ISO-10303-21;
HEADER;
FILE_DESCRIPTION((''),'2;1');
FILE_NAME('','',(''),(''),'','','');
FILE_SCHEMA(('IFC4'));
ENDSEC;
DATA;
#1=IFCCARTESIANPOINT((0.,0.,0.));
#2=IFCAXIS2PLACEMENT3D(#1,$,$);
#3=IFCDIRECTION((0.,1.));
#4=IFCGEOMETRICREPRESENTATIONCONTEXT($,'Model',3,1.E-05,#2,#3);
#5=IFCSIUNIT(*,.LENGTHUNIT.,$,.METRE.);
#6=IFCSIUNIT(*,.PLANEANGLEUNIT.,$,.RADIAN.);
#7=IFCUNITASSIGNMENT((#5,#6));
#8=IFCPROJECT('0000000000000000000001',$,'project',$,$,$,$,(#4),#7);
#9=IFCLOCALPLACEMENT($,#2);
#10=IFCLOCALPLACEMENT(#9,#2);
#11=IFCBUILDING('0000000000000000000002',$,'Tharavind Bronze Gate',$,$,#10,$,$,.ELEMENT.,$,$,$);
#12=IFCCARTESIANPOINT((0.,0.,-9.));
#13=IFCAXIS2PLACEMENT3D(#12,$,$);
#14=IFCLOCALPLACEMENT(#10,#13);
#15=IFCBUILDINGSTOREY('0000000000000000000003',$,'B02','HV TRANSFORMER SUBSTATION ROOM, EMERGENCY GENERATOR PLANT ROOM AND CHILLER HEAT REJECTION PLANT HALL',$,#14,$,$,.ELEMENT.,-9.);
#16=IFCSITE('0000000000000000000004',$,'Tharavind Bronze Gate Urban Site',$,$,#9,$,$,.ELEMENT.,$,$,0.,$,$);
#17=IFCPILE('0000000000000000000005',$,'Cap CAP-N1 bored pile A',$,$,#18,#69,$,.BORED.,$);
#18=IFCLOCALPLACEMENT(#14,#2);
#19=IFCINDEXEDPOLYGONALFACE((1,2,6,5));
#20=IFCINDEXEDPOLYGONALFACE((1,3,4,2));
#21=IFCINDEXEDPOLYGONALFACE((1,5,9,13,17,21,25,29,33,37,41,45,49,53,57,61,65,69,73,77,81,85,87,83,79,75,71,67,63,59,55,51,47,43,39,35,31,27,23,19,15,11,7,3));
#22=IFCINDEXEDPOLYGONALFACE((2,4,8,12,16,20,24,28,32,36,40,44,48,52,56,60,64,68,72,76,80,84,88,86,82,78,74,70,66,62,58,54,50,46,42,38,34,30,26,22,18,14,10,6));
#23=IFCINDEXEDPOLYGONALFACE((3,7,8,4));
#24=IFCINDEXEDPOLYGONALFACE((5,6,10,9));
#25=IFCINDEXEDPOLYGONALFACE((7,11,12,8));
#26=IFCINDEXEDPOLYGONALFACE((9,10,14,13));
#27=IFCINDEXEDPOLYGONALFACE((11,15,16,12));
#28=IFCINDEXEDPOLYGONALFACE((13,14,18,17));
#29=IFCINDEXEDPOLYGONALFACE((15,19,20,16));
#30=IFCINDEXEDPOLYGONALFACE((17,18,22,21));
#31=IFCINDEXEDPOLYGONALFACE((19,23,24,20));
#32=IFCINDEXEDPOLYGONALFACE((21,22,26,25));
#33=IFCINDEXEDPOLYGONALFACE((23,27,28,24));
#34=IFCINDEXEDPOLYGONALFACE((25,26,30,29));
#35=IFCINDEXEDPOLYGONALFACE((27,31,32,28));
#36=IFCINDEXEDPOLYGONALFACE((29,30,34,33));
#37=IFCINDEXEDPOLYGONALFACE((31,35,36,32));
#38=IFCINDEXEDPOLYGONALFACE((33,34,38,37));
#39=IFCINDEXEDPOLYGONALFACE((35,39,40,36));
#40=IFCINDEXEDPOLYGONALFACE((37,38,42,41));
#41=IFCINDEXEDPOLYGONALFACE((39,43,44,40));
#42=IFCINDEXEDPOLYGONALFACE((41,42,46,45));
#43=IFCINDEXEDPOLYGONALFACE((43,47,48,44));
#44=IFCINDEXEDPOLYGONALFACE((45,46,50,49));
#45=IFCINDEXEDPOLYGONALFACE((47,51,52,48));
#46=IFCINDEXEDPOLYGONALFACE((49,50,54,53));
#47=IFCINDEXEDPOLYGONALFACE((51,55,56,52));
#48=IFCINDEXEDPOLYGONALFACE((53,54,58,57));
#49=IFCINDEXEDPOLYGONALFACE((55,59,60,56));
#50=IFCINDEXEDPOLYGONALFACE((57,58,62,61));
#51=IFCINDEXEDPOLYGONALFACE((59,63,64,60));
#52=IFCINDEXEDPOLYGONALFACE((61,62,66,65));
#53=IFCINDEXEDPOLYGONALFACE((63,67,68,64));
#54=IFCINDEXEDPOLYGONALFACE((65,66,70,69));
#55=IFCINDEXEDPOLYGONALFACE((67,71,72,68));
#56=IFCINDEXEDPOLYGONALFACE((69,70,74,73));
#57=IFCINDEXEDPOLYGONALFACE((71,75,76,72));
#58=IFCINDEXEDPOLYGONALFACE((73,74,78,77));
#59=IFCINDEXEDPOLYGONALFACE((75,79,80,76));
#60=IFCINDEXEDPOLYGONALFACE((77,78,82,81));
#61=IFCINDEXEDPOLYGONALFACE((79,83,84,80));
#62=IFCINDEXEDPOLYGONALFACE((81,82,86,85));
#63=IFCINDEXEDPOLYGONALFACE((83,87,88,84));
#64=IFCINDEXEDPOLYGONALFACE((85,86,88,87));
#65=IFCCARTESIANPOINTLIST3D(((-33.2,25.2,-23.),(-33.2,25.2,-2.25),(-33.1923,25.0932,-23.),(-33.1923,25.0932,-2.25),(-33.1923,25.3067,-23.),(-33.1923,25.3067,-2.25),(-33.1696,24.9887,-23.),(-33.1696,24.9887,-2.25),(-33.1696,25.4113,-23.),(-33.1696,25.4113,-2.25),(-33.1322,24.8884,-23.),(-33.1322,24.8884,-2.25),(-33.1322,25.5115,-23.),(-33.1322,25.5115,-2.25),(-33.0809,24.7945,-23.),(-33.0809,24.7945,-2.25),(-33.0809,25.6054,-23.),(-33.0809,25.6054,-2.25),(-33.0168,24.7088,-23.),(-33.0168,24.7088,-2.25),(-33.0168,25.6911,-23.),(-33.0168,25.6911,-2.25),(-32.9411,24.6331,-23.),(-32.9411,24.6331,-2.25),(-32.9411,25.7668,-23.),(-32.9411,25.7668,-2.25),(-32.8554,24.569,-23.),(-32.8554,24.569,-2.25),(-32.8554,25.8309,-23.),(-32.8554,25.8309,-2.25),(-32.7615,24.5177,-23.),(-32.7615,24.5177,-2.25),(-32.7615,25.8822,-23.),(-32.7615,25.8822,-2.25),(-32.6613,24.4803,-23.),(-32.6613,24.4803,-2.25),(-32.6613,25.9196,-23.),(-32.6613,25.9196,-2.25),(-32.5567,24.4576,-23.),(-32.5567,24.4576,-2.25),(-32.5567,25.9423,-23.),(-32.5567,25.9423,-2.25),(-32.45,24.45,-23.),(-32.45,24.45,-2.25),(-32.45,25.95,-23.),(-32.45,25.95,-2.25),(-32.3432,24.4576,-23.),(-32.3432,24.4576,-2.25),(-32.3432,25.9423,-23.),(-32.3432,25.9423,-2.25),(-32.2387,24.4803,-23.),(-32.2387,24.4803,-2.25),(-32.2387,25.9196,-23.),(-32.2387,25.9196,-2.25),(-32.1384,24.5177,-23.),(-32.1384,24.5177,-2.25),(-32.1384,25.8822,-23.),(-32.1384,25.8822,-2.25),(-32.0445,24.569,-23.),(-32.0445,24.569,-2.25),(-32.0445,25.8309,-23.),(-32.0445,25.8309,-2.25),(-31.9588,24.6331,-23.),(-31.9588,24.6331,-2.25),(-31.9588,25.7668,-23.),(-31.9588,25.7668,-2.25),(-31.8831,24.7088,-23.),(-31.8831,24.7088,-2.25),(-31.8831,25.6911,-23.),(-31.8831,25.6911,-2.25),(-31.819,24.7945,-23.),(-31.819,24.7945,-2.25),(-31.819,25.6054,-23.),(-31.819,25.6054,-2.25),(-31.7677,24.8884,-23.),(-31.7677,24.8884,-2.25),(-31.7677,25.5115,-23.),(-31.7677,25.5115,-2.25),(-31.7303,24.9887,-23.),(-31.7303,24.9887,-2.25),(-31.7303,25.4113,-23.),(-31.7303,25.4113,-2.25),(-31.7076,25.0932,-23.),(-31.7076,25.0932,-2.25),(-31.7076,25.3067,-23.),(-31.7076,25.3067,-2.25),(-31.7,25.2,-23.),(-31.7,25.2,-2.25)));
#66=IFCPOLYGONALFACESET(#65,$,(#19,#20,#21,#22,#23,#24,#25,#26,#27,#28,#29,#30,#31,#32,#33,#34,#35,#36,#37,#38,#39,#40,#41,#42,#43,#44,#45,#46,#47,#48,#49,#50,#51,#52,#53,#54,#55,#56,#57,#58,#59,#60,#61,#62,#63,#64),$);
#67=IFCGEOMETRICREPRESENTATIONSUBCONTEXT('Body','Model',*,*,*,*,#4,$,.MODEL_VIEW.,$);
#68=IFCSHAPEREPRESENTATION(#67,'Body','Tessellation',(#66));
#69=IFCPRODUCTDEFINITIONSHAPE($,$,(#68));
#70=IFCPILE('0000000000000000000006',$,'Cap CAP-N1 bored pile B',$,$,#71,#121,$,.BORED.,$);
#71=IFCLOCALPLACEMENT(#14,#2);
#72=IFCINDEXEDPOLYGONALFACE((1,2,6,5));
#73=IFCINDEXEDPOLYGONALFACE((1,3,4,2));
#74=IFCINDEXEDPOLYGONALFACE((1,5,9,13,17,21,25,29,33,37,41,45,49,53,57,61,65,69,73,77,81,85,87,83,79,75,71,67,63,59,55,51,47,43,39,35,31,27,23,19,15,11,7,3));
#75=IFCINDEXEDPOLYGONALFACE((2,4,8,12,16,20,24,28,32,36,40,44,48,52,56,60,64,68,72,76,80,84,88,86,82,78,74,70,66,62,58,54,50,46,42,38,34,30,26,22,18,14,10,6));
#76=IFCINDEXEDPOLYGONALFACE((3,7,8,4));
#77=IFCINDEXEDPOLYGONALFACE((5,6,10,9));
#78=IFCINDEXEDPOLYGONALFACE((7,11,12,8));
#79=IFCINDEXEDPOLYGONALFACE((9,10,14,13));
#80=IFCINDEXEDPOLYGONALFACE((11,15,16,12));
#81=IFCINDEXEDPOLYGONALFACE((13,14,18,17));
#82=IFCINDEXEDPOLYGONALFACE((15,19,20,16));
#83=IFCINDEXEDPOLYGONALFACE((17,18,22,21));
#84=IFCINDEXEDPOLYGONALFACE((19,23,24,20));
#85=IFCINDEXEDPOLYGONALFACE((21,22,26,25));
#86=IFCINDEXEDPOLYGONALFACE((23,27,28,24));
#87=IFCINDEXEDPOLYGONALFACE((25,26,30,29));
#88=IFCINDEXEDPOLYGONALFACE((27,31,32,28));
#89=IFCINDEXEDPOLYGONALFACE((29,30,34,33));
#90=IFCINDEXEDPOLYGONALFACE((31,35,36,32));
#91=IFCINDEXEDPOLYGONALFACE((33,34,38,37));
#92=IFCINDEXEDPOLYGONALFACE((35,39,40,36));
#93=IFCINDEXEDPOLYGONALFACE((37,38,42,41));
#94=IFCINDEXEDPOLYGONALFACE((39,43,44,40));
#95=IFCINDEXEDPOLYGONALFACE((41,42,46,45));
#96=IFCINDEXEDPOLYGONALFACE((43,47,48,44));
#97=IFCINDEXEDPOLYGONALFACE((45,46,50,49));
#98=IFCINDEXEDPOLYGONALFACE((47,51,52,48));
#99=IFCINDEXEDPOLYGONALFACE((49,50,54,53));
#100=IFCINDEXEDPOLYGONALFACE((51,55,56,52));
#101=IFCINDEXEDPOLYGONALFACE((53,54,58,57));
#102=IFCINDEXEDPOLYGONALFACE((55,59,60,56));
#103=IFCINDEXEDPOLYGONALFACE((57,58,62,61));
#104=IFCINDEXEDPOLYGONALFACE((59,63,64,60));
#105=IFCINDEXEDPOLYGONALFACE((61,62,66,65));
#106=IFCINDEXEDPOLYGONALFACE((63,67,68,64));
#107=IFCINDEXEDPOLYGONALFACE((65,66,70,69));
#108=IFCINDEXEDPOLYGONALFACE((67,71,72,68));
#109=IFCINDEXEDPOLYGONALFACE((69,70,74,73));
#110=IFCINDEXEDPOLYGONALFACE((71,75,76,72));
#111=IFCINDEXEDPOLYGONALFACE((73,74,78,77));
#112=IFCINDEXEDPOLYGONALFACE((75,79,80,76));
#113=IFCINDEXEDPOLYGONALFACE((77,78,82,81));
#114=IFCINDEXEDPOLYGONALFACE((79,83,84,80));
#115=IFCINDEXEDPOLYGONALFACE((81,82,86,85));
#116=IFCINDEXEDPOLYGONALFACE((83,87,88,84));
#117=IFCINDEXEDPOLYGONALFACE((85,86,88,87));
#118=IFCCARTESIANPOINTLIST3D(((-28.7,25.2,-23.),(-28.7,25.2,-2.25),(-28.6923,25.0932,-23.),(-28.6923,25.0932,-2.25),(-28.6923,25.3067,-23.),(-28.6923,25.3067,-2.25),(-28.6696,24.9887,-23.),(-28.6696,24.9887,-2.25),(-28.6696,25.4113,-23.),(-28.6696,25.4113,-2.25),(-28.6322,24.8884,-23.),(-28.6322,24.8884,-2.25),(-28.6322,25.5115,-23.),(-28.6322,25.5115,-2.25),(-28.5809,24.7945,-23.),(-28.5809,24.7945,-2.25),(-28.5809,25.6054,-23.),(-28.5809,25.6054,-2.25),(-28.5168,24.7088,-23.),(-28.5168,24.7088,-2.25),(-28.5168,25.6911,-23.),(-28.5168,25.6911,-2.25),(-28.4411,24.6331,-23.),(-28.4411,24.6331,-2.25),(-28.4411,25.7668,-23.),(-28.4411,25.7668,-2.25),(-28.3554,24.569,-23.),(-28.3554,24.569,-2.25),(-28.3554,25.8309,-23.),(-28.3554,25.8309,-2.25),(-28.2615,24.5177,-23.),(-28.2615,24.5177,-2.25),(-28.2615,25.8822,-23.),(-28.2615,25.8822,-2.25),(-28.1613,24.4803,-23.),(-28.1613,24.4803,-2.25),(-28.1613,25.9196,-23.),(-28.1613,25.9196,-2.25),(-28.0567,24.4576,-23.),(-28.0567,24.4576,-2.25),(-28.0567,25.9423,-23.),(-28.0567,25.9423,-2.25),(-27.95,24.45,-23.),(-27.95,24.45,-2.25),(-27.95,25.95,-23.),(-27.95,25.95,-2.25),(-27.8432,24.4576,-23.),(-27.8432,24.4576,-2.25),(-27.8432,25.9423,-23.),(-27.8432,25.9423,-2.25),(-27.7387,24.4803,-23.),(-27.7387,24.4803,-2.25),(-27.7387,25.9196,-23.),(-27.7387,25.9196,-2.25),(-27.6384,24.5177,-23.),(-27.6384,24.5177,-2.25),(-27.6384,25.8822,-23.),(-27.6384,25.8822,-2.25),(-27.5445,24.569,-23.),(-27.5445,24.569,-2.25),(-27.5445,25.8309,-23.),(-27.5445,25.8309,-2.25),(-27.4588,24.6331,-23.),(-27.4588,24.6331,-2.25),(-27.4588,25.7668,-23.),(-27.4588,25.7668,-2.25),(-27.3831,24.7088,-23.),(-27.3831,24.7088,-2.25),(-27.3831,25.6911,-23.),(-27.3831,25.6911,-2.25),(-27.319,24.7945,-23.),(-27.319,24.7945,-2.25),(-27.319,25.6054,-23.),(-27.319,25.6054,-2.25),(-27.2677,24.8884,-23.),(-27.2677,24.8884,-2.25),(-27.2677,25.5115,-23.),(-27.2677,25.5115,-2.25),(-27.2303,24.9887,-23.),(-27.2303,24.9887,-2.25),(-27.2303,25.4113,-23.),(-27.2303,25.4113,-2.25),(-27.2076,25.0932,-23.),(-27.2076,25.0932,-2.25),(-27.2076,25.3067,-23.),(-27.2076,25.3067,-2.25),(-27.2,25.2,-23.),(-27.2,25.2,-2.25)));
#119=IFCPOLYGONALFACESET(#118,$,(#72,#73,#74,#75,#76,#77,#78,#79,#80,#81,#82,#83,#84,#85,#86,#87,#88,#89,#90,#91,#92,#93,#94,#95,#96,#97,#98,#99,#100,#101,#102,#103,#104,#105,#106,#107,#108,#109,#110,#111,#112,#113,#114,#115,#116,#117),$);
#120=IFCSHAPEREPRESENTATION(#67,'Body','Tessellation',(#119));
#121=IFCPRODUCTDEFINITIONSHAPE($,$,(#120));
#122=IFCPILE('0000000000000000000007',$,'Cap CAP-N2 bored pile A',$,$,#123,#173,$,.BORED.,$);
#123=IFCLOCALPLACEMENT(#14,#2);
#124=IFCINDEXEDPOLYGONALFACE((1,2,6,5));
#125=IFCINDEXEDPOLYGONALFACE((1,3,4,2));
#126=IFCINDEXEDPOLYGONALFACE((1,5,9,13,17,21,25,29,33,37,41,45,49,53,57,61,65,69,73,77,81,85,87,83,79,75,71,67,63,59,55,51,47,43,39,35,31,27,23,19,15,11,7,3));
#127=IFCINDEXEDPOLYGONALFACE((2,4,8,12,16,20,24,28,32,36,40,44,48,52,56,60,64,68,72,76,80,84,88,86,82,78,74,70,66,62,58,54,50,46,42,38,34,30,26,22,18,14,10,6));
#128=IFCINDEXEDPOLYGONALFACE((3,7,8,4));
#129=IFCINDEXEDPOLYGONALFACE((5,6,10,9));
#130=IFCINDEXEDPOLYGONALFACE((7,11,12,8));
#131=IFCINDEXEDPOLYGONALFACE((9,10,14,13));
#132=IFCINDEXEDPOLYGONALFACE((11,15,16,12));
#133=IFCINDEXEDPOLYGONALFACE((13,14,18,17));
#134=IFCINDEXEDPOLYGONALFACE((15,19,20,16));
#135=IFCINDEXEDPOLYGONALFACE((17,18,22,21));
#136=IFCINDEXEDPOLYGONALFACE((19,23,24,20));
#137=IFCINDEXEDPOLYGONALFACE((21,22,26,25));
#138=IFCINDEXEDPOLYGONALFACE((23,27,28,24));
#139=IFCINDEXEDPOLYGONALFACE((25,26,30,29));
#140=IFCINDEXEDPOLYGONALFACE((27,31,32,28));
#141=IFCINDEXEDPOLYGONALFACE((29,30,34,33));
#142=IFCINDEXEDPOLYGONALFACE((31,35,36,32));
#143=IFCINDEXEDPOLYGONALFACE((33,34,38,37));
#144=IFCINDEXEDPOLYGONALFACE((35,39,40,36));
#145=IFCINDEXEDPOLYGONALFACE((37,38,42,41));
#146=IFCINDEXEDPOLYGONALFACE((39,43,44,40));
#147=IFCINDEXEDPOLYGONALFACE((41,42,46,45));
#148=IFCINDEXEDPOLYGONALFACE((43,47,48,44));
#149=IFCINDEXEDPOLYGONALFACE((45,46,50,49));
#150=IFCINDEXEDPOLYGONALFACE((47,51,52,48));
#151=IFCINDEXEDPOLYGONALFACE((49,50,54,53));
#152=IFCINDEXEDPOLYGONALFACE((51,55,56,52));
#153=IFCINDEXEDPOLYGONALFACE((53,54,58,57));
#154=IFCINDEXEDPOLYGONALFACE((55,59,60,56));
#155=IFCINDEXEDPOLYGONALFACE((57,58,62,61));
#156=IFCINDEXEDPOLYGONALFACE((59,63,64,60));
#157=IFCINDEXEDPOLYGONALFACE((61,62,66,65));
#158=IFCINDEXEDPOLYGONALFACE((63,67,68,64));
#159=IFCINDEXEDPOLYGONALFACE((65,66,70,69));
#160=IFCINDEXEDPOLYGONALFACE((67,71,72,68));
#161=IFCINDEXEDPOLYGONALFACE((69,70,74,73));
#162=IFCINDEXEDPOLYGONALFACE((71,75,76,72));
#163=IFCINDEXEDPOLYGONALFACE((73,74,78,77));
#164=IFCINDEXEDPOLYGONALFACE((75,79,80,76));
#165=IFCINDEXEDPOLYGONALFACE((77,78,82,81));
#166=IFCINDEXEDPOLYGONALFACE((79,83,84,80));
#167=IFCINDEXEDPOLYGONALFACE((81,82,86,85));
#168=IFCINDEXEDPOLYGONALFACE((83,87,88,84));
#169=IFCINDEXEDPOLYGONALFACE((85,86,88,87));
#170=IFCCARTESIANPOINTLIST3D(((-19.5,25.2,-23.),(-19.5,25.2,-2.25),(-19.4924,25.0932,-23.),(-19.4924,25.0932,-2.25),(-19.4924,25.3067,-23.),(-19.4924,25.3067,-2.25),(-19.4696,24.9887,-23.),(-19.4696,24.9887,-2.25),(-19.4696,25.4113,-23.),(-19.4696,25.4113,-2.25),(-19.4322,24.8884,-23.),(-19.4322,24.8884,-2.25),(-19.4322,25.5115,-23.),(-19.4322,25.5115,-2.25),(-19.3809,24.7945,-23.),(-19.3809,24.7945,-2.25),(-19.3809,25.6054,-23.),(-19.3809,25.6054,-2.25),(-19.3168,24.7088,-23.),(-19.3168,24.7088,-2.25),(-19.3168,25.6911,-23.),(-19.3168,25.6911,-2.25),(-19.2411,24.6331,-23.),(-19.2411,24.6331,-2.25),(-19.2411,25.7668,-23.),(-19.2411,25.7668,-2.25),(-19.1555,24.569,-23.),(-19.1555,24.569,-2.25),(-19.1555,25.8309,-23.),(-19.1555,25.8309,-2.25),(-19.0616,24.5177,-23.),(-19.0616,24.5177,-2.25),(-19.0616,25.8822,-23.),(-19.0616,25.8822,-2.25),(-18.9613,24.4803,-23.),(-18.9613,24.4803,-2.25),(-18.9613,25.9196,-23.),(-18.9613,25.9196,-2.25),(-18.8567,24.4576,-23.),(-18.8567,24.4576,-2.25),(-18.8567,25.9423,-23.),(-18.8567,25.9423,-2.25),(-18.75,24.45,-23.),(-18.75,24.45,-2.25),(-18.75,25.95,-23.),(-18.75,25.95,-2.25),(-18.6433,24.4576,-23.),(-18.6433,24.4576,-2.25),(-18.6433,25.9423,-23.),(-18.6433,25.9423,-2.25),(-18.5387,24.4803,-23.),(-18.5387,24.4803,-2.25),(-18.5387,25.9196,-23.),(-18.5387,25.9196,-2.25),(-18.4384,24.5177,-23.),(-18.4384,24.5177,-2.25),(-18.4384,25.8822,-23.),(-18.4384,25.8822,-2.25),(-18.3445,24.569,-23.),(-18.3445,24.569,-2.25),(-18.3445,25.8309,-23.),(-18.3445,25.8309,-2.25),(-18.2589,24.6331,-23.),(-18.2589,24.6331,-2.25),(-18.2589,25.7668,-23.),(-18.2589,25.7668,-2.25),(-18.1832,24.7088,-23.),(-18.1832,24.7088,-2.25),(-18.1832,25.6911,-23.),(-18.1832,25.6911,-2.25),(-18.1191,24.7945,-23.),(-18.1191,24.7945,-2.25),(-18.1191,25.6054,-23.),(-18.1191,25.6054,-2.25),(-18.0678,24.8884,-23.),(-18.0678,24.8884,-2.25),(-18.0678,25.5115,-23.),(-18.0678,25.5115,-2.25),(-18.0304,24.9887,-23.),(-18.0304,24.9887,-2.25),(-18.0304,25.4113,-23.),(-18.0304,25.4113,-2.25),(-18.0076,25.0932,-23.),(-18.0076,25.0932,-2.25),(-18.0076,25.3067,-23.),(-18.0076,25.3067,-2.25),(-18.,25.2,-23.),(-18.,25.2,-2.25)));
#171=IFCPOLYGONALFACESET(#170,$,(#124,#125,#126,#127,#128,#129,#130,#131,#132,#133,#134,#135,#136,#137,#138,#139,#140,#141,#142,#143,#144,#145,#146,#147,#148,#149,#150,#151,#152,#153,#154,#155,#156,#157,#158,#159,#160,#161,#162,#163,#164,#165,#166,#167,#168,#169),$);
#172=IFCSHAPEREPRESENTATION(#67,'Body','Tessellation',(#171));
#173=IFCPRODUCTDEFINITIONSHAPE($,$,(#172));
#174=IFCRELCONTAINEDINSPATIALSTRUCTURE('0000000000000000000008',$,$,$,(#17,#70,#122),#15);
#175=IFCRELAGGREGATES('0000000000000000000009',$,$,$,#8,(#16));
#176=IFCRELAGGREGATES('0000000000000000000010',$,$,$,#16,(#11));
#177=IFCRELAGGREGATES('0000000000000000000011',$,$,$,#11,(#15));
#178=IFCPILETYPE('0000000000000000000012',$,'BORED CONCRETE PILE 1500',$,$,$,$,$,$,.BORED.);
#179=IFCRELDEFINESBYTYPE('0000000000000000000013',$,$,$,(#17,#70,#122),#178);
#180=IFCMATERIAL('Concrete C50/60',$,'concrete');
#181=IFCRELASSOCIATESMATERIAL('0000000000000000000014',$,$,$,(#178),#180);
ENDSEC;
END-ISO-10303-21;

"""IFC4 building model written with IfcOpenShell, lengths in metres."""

from ifc_helpers import new_model, si_unit, direction, frame, origin, origin_2d, place, context, subcontext, project, spatial, circle, extrude, material, material_profile, profile_set, type_object, element, save


model = new_model("IFC4")

# Units and contexts
model_context = context("Model", 3, precision=1e-05, world=origin(), true_north=direction((0.0, 1.0)))
body_context = subcontext(model_context, "Body", "Model", "MODEL_VIEW")
ifc_project = project(units=[si_unit("LENGTHUNIT", "METRE"), si_unit("PLANEANGLEUNIT", "RADIAN")], contexts=[model_context])

# Site, building, storey
site_placement = place(None, origin())
site = spatial("IfcSite", under=ifc_project, at=site_placement, Name="Tharavind Bronze Gate Urban Site", CompositionType="ELEMENT", RefElevation=0.0)
building_placement = place(site_placement, origin())
building = spatial("IfcBuilding", under=site, at=building_placement, Name="Tharavind Bronze Gate", CompositionType="ELEMENT")
storey_placement = place(building_placement, frame((0.0, 0.0, -9.0)))
storey = spatial("IfcBuildingStorey", under=building, at=storey_placement, Name="B02", Description="HV TRANSFORMER SUBSTATION ROOM, EMERGENCY GENERATOR PLANT ROOM AND CHILLER HEAT REJECTION PLANT HALL", CompositionType="ELEMENT", Elevation=-9.0)

# Piles
ifc_material_1 = material(Name="Concrete C50/60", Category="concrete")
ifc_material_profile_1 = material_profile(ifc_material_1, circle(Radius=0.75, at=origin_2d()), Name="PILE1500")
ifc_profile_set_1 = profile_set([ifc_material_profile_1], Name="Concrete C50/60")
pile_type_1 = type_object("IfcPileType", Name="BORED CONCRETE PILE 1500", PredefinedType="BORED", material=ifc_profile_set_1)
for number, where, z_axis, x_axis, name in (
    (1, (-32.45, 25.2, -2.25), (0.0, 0.0, -1.0), (1.0, 0.0, 0.0), "Cap CAP-N1 bored pile A"),
    (2, (-27.95, 25.2, -2.25), (0.0, 0.0, -1.0), (1.0, 0.0, 0.0), "Cap CAP-N1 bored pile B"),
    (3, (-18.75, 25.2, -2.25), (0.0, 0.0, -1.0), (1.0, 0.0, 0.0), "Cap CAP-N2 bored pile A"),
):
    element("IfcPile", number, at=place(storey_placement, frame(where, z_axis=z_axis, x_axis=x_axis)), inside=storey, type_object=pile_type_1, Name=name, PredefinedType="BORED", context=body_context, shape_type="SweptSolid", body=[
        extrude(circle(Radius=0.75, at=origin_2d()), origin(), (0.0, 0.0, 1.0), 20.75),
    ])

save(model, "model.ifc")
